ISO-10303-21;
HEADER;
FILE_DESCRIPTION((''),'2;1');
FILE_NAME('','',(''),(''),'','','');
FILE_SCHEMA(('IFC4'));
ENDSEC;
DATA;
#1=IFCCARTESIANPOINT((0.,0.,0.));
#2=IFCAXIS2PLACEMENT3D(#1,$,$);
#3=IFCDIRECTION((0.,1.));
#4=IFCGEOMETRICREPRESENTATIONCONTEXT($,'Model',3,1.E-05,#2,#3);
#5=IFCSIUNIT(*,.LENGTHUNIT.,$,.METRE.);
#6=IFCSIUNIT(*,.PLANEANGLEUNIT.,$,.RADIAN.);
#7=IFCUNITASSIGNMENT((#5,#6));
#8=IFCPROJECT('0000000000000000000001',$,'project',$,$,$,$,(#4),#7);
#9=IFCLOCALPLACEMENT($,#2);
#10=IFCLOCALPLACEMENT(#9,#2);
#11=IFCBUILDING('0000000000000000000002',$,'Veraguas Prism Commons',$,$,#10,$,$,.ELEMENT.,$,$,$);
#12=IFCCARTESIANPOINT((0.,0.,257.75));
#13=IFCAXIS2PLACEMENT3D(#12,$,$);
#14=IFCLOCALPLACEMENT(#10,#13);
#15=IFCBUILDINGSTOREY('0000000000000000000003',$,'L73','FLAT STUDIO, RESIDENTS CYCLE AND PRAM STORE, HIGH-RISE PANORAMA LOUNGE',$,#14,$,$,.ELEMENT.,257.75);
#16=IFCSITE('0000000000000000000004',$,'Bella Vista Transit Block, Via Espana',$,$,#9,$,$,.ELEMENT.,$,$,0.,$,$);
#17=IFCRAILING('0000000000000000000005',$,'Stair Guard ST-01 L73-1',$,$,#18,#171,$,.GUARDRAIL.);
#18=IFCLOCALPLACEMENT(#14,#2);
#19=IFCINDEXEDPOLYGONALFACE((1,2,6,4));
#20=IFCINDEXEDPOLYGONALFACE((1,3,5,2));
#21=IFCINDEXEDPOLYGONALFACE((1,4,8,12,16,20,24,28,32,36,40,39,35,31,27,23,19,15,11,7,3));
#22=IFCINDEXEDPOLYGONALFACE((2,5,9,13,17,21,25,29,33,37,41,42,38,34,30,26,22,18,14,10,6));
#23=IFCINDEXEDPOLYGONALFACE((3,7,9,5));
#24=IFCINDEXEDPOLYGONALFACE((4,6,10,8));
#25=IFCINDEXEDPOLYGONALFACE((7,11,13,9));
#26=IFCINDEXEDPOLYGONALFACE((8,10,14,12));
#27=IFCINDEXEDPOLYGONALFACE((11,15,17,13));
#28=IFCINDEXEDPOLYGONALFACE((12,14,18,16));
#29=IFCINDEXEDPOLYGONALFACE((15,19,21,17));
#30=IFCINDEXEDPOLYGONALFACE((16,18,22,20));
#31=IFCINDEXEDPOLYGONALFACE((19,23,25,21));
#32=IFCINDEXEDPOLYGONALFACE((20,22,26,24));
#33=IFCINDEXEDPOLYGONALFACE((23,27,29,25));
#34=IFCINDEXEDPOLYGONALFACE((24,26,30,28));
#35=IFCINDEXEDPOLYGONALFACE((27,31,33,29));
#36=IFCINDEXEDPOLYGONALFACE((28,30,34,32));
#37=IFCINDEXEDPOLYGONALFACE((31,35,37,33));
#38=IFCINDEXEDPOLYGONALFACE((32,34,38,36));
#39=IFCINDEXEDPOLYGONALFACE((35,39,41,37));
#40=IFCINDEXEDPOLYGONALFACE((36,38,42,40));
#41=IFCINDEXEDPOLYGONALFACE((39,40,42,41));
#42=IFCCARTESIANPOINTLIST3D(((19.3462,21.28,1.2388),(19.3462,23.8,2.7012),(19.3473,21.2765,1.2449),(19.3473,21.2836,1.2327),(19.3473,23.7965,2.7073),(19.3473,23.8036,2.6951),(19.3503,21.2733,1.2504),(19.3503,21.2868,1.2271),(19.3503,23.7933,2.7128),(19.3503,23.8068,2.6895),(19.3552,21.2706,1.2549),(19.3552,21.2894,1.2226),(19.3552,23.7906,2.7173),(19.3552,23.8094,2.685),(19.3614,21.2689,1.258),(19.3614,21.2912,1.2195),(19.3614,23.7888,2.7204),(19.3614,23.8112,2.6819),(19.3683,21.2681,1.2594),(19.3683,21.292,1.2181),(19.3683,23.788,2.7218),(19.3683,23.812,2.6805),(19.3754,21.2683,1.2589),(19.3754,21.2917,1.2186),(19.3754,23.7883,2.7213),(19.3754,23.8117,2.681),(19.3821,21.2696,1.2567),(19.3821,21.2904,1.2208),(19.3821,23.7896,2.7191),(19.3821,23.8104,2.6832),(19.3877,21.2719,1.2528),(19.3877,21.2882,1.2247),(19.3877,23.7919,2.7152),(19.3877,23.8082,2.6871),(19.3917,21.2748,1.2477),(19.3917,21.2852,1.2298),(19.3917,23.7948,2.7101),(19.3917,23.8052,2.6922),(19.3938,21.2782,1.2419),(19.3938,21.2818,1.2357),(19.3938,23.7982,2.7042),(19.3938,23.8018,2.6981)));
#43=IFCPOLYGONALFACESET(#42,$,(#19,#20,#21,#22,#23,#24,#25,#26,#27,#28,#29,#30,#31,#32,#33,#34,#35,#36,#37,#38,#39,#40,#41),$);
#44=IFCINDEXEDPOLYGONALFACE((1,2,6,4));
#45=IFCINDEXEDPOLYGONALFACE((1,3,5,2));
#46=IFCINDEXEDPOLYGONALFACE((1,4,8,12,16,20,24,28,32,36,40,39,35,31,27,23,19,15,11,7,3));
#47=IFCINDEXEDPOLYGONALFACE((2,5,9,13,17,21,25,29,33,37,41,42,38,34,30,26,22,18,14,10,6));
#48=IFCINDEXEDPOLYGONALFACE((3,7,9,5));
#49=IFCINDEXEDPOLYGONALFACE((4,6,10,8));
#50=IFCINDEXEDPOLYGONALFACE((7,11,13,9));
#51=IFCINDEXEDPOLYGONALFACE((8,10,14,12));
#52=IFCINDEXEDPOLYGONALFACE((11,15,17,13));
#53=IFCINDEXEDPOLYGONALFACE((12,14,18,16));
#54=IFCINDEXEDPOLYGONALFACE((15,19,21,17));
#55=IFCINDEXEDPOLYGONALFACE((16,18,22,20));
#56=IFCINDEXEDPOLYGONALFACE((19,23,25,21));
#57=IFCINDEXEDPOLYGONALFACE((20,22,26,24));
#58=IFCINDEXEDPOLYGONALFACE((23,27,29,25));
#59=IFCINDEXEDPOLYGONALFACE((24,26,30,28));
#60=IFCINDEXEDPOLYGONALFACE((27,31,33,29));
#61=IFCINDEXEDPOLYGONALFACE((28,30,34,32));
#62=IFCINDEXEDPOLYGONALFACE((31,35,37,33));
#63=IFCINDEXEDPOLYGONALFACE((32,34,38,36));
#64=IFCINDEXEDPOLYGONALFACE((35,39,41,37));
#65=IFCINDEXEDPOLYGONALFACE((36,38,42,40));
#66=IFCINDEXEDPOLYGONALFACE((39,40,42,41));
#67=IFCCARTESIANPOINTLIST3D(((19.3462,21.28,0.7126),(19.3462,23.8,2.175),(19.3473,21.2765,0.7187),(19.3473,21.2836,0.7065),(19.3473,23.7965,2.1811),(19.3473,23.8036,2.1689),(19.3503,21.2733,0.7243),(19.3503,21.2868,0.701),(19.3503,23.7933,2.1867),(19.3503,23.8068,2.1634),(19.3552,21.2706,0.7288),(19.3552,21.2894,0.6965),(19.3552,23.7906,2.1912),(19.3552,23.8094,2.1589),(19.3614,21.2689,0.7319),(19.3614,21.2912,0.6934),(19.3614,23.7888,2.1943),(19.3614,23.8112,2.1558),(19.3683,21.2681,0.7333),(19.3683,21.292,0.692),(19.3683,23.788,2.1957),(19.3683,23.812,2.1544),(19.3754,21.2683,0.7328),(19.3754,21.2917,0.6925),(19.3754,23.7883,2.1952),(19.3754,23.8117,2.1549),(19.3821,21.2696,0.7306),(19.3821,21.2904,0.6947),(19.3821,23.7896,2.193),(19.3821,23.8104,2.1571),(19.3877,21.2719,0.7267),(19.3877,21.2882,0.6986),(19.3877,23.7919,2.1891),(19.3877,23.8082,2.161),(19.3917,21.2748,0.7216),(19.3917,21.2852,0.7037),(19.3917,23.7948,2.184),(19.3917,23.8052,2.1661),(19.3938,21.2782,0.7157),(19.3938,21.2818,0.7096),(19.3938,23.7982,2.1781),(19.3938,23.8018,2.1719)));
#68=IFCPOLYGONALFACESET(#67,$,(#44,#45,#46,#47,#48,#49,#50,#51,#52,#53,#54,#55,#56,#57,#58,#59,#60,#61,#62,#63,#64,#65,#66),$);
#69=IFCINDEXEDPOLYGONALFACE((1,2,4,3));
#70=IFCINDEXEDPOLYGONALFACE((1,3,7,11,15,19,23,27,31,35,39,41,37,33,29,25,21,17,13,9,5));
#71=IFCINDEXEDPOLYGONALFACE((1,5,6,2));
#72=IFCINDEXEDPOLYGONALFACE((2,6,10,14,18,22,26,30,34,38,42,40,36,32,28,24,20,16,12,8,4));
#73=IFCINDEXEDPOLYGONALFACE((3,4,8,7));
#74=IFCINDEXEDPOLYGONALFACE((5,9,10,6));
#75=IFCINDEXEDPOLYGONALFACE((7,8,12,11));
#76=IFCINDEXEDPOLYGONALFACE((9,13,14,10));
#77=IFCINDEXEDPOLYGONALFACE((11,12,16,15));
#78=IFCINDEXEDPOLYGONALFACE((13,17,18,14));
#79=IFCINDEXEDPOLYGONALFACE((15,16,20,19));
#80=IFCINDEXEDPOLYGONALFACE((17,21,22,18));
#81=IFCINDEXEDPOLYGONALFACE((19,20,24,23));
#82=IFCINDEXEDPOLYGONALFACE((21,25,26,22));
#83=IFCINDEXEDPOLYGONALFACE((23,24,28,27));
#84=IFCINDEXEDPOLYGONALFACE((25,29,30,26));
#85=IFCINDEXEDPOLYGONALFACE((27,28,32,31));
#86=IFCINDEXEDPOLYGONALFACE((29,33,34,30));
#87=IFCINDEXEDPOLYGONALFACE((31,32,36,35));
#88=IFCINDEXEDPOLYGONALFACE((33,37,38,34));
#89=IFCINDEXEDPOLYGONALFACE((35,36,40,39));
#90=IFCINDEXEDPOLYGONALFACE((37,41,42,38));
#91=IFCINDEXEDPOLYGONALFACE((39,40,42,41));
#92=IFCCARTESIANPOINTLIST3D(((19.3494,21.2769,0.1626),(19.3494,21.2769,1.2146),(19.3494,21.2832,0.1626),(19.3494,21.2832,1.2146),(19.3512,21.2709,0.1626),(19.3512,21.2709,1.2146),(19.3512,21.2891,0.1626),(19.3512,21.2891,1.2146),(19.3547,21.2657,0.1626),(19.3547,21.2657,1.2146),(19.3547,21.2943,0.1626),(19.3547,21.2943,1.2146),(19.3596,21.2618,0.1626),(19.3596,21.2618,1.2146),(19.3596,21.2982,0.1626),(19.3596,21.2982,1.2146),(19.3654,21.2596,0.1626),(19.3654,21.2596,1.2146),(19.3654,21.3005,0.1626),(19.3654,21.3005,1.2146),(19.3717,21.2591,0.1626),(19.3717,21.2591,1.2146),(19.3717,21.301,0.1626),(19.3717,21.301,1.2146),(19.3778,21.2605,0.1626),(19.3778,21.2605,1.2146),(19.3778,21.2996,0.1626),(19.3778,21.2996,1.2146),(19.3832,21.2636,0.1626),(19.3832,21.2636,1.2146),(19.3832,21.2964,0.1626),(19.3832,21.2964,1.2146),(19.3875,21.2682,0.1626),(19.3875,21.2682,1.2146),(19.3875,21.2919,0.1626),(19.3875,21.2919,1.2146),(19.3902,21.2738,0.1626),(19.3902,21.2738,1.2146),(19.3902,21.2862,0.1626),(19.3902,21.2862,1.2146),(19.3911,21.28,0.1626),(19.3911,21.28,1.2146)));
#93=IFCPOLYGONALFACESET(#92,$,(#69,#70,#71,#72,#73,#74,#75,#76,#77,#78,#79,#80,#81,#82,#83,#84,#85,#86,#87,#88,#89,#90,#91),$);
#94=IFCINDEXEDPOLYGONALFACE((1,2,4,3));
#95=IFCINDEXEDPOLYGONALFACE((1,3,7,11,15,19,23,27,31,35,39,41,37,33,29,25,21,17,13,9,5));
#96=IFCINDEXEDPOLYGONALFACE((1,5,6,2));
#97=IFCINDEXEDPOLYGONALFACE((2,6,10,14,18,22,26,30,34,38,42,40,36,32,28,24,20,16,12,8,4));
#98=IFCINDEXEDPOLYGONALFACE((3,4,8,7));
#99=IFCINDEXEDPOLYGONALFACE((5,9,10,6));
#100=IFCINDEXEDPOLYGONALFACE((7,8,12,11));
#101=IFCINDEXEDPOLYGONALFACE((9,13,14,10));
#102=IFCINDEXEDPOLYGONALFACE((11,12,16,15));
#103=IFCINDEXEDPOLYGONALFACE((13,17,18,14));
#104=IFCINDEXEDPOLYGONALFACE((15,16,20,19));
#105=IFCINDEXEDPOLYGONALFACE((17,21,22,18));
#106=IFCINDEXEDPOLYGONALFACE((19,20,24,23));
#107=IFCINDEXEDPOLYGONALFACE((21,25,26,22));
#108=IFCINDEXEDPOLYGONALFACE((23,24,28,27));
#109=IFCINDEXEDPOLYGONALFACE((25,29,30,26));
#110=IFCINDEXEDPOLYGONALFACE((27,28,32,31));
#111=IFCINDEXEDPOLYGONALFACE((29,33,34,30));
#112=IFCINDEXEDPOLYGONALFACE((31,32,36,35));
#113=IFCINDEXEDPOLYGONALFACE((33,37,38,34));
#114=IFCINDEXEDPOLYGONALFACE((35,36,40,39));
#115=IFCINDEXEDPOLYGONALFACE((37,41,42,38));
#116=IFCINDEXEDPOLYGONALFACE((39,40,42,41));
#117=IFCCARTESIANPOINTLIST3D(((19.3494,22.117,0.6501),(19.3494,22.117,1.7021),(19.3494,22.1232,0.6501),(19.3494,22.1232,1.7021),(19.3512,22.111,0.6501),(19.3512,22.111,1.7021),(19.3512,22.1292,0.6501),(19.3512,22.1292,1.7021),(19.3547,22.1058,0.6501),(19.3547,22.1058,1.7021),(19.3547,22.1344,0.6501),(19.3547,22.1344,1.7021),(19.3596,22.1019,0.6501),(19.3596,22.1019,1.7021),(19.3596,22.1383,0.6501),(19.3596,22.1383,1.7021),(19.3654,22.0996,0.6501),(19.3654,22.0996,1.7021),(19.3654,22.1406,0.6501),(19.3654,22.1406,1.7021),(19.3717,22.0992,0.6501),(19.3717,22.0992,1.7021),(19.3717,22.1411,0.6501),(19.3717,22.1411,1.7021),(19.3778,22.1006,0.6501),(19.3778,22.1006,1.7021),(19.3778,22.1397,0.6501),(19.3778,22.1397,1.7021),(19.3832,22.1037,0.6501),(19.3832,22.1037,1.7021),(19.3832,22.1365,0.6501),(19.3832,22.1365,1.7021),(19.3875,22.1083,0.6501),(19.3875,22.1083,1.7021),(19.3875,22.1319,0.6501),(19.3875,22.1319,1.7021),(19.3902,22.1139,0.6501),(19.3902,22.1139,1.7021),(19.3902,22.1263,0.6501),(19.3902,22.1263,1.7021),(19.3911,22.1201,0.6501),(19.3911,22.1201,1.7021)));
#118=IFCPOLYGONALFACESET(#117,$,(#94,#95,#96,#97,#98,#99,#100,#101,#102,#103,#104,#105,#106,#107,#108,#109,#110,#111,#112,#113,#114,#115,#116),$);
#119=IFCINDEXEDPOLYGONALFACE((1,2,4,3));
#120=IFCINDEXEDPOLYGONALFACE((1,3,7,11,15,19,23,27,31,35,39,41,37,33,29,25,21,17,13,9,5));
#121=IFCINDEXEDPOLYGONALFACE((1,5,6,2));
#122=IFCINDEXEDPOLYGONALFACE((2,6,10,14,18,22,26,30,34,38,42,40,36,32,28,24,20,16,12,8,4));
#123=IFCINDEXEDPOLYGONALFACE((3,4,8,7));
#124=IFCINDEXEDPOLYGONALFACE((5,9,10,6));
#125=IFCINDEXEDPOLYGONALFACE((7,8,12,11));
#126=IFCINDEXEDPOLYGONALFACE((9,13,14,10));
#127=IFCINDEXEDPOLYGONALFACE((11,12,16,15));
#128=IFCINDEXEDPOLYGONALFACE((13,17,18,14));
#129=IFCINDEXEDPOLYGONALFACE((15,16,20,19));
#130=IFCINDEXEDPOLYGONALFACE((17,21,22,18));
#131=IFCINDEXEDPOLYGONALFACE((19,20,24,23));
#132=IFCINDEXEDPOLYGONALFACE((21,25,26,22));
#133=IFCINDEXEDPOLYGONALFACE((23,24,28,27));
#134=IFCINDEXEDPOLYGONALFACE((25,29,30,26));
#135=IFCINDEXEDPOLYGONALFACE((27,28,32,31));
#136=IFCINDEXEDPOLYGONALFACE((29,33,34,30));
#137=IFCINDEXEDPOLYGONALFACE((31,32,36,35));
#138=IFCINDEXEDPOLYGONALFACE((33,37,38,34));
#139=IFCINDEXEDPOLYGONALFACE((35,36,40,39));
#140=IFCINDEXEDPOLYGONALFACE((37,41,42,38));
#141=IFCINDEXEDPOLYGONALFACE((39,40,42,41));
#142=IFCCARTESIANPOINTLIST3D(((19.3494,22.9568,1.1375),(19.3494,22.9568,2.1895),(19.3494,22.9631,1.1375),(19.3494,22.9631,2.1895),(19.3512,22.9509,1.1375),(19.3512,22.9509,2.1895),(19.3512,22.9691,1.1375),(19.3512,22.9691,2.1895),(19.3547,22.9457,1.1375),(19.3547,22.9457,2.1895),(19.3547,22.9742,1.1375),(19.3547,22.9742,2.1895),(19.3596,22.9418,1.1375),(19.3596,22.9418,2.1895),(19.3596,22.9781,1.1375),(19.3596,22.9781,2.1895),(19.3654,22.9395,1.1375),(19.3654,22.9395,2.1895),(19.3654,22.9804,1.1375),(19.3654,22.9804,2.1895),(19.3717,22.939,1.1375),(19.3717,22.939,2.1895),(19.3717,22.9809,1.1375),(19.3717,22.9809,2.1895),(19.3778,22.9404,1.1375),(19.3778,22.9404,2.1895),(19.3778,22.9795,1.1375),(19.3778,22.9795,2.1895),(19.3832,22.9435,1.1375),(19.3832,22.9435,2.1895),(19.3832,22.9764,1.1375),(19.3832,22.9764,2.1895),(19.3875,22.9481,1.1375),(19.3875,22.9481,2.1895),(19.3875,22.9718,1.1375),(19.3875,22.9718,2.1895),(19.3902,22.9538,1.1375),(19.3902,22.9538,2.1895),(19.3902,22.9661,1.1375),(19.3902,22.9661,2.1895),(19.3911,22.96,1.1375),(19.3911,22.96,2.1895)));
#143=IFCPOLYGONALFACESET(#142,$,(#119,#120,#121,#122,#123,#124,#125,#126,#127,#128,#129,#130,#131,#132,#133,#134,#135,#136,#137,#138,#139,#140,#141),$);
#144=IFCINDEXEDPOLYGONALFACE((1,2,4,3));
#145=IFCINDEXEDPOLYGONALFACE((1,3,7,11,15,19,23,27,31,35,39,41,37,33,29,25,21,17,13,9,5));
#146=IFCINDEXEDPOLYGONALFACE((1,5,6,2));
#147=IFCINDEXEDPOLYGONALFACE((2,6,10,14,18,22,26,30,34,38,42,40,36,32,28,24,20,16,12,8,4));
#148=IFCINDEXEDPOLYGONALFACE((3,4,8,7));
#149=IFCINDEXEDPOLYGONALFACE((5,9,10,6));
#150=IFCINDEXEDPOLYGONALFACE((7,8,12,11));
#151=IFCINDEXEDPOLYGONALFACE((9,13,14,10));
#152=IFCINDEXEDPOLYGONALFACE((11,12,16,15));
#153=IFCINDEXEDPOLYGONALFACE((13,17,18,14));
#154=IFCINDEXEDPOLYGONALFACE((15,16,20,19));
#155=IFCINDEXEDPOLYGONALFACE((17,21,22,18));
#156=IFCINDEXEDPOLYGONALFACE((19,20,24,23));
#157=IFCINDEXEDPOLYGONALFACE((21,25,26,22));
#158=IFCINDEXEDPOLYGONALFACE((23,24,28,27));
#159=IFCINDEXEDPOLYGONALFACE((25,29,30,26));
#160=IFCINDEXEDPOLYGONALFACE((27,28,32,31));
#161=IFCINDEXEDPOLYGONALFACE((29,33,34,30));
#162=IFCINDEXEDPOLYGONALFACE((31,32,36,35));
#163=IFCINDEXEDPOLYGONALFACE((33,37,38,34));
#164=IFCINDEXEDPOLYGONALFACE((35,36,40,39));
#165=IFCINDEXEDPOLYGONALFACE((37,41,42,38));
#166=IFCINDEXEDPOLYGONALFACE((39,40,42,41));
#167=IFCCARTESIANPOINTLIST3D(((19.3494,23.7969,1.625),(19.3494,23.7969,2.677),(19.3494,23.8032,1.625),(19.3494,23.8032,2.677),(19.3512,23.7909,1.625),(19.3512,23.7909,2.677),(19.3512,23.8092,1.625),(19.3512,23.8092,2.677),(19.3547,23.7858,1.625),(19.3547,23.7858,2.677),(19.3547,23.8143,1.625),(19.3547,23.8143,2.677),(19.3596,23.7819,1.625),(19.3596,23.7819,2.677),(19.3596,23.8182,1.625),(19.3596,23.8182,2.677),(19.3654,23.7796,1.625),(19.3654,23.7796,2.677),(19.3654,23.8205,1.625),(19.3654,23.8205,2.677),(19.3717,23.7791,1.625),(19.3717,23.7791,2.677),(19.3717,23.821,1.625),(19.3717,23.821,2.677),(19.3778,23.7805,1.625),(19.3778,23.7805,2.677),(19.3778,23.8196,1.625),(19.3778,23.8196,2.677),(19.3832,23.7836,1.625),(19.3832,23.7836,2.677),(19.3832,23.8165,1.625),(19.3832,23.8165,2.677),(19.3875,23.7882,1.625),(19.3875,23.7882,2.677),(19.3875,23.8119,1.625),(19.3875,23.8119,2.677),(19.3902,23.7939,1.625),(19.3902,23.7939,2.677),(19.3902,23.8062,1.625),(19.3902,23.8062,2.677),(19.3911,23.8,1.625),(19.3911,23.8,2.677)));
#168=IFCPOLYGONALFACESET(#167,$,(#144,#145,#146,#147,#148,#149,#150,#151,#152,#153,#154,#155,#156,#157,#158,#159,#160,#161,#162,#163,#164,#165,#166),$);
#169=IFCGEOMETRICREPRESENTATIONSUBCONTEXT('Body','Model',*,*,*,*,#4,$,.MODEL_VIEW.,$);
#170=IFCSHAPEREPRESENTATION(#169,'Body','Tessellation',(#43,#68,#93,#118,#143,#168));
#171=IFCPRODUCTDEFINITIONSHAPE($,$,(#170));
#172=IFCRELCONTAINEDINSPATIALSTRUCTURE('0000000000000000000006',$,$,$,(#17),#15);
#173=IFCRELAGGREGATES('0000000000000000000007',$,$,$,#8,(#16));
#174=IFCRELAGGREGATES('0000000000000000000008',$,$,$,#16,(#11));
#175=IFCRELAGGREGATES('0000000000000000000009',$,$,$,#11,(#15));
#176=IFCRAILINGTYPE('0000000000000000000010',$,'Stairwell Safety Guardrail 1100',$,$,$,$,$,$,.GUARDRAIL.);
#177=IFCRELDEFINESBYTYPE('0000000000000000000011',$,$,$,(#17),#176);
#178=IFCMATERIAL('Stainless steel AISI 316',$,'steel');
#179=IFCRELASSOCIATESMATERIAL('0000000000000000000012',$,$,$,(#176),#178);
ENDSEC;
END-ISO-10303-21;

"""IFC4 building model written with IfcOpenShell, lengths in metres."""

from ifc_helpers import new_model, si_unit, direction, frame, origin, origin_2d, place, context, subcontext, project, spatial, circle, extrude, material, type_object, element, save


model = new_model("IFC4")

# Units and contexts
model_context = context("Model", 3, precision=1e-05, world=origin(), true_north=direction((0.0, 1.0)))
body_context = subcontext(model_context, "Body", "Model", "MODEL_VIEW")
ifc_project = project(units=[si_unit("LENGTHUNIT", "METRE"), si_unit("PLANEANGLEUNIT", "RADIAN")], contexts=[model_context])

# Site, building, storey
site_placement = place(None, origin())
site = spatial("IfcSite", under=ifc_project, at=site_placement, Name="Bella Vista Transit Block, Via Espana", CompositionType="ELEMENT", RefElevation=0.0)
building_placement = place(site_placement, origin())
building = spatial("IfcBuilding", under=site, at=building_placement, Name="Veraguas Prism Commons", CompositionType="ELEMENT")
storey_placement = place(building_placement, frame((0.0, 0.0, 257.75)))
storey = spatial("IfcBuildingStorey", under=building, at=storey_placement, Name="L73", Description="FLAT STUDIO, RESIDENTS CYCLE AND PRAM STORE, HIGH-RISE PANORAMA LOUNGE", CompositionType="ELEMENT", Elevation=257.75)

# Railing
ifc_material_1 = material(Name="Stainless steel AISI 316", Category="steel")
railing_type_1 = type_object("IfcRailingType", Name="Stairwell Safety Guardrail 1100", PredefinedType="GUARDRAIL", material=ifc_material_1)
railing_1_placement = place(storey_placement, frame((19.3701, 21.28, 0.1626)))
element("IfcRailing", 1, at=railing_1_placement, inside=storey, type_object=railing_type_1, Name="Stair Guard ST-01 L73-1", PredefinedType="GUARDRAIL", context=body_context, shape_type="SweptSolid", body=[
    extrude(circle(Radius=0.0239, at=origin_2d()), frame((0.0, 0.0, 1.0762), z_axis=(0.0, 0.864913, 0.501921), x_axis=(-1.0, 0.0, 0.0)), (0.0, 0.0, 1.0), 2.9136),
    extrude(circle(Radius=0.0239, at=origin_2d()), frame((0.0, 0.0, 0.55), z_axis=(0.0, 0.864913, 0.501921), x_axis=(-1.0, 0.0, 0.0)), (0.0, 0.0, 1.0), 2.9136),
    extrude(circle(Radius=0.021, at=origin_2d()), origin(), (0.0, 0.0, 1.0), 1.052),
    extrude(circle(Radius=0.021, at=origin_2d()), frame((0.0, 0.8401, 0.4875)), (0.0, 0.0, 1.0), 1.052),
    extrude(circle(Radius=0.021, at=origin_2d()), frame((0.0, 1.6799, 0.9749)), (0.0, 0.0, 1.0), 1.052),
    extrude(circle(Radius=0.021, at=origin_2d()), frame((0.0, 2.52, 1.4624)), (0.0, 0.0, 1.0), 1.052),
])

save(model, "model.ifc")
